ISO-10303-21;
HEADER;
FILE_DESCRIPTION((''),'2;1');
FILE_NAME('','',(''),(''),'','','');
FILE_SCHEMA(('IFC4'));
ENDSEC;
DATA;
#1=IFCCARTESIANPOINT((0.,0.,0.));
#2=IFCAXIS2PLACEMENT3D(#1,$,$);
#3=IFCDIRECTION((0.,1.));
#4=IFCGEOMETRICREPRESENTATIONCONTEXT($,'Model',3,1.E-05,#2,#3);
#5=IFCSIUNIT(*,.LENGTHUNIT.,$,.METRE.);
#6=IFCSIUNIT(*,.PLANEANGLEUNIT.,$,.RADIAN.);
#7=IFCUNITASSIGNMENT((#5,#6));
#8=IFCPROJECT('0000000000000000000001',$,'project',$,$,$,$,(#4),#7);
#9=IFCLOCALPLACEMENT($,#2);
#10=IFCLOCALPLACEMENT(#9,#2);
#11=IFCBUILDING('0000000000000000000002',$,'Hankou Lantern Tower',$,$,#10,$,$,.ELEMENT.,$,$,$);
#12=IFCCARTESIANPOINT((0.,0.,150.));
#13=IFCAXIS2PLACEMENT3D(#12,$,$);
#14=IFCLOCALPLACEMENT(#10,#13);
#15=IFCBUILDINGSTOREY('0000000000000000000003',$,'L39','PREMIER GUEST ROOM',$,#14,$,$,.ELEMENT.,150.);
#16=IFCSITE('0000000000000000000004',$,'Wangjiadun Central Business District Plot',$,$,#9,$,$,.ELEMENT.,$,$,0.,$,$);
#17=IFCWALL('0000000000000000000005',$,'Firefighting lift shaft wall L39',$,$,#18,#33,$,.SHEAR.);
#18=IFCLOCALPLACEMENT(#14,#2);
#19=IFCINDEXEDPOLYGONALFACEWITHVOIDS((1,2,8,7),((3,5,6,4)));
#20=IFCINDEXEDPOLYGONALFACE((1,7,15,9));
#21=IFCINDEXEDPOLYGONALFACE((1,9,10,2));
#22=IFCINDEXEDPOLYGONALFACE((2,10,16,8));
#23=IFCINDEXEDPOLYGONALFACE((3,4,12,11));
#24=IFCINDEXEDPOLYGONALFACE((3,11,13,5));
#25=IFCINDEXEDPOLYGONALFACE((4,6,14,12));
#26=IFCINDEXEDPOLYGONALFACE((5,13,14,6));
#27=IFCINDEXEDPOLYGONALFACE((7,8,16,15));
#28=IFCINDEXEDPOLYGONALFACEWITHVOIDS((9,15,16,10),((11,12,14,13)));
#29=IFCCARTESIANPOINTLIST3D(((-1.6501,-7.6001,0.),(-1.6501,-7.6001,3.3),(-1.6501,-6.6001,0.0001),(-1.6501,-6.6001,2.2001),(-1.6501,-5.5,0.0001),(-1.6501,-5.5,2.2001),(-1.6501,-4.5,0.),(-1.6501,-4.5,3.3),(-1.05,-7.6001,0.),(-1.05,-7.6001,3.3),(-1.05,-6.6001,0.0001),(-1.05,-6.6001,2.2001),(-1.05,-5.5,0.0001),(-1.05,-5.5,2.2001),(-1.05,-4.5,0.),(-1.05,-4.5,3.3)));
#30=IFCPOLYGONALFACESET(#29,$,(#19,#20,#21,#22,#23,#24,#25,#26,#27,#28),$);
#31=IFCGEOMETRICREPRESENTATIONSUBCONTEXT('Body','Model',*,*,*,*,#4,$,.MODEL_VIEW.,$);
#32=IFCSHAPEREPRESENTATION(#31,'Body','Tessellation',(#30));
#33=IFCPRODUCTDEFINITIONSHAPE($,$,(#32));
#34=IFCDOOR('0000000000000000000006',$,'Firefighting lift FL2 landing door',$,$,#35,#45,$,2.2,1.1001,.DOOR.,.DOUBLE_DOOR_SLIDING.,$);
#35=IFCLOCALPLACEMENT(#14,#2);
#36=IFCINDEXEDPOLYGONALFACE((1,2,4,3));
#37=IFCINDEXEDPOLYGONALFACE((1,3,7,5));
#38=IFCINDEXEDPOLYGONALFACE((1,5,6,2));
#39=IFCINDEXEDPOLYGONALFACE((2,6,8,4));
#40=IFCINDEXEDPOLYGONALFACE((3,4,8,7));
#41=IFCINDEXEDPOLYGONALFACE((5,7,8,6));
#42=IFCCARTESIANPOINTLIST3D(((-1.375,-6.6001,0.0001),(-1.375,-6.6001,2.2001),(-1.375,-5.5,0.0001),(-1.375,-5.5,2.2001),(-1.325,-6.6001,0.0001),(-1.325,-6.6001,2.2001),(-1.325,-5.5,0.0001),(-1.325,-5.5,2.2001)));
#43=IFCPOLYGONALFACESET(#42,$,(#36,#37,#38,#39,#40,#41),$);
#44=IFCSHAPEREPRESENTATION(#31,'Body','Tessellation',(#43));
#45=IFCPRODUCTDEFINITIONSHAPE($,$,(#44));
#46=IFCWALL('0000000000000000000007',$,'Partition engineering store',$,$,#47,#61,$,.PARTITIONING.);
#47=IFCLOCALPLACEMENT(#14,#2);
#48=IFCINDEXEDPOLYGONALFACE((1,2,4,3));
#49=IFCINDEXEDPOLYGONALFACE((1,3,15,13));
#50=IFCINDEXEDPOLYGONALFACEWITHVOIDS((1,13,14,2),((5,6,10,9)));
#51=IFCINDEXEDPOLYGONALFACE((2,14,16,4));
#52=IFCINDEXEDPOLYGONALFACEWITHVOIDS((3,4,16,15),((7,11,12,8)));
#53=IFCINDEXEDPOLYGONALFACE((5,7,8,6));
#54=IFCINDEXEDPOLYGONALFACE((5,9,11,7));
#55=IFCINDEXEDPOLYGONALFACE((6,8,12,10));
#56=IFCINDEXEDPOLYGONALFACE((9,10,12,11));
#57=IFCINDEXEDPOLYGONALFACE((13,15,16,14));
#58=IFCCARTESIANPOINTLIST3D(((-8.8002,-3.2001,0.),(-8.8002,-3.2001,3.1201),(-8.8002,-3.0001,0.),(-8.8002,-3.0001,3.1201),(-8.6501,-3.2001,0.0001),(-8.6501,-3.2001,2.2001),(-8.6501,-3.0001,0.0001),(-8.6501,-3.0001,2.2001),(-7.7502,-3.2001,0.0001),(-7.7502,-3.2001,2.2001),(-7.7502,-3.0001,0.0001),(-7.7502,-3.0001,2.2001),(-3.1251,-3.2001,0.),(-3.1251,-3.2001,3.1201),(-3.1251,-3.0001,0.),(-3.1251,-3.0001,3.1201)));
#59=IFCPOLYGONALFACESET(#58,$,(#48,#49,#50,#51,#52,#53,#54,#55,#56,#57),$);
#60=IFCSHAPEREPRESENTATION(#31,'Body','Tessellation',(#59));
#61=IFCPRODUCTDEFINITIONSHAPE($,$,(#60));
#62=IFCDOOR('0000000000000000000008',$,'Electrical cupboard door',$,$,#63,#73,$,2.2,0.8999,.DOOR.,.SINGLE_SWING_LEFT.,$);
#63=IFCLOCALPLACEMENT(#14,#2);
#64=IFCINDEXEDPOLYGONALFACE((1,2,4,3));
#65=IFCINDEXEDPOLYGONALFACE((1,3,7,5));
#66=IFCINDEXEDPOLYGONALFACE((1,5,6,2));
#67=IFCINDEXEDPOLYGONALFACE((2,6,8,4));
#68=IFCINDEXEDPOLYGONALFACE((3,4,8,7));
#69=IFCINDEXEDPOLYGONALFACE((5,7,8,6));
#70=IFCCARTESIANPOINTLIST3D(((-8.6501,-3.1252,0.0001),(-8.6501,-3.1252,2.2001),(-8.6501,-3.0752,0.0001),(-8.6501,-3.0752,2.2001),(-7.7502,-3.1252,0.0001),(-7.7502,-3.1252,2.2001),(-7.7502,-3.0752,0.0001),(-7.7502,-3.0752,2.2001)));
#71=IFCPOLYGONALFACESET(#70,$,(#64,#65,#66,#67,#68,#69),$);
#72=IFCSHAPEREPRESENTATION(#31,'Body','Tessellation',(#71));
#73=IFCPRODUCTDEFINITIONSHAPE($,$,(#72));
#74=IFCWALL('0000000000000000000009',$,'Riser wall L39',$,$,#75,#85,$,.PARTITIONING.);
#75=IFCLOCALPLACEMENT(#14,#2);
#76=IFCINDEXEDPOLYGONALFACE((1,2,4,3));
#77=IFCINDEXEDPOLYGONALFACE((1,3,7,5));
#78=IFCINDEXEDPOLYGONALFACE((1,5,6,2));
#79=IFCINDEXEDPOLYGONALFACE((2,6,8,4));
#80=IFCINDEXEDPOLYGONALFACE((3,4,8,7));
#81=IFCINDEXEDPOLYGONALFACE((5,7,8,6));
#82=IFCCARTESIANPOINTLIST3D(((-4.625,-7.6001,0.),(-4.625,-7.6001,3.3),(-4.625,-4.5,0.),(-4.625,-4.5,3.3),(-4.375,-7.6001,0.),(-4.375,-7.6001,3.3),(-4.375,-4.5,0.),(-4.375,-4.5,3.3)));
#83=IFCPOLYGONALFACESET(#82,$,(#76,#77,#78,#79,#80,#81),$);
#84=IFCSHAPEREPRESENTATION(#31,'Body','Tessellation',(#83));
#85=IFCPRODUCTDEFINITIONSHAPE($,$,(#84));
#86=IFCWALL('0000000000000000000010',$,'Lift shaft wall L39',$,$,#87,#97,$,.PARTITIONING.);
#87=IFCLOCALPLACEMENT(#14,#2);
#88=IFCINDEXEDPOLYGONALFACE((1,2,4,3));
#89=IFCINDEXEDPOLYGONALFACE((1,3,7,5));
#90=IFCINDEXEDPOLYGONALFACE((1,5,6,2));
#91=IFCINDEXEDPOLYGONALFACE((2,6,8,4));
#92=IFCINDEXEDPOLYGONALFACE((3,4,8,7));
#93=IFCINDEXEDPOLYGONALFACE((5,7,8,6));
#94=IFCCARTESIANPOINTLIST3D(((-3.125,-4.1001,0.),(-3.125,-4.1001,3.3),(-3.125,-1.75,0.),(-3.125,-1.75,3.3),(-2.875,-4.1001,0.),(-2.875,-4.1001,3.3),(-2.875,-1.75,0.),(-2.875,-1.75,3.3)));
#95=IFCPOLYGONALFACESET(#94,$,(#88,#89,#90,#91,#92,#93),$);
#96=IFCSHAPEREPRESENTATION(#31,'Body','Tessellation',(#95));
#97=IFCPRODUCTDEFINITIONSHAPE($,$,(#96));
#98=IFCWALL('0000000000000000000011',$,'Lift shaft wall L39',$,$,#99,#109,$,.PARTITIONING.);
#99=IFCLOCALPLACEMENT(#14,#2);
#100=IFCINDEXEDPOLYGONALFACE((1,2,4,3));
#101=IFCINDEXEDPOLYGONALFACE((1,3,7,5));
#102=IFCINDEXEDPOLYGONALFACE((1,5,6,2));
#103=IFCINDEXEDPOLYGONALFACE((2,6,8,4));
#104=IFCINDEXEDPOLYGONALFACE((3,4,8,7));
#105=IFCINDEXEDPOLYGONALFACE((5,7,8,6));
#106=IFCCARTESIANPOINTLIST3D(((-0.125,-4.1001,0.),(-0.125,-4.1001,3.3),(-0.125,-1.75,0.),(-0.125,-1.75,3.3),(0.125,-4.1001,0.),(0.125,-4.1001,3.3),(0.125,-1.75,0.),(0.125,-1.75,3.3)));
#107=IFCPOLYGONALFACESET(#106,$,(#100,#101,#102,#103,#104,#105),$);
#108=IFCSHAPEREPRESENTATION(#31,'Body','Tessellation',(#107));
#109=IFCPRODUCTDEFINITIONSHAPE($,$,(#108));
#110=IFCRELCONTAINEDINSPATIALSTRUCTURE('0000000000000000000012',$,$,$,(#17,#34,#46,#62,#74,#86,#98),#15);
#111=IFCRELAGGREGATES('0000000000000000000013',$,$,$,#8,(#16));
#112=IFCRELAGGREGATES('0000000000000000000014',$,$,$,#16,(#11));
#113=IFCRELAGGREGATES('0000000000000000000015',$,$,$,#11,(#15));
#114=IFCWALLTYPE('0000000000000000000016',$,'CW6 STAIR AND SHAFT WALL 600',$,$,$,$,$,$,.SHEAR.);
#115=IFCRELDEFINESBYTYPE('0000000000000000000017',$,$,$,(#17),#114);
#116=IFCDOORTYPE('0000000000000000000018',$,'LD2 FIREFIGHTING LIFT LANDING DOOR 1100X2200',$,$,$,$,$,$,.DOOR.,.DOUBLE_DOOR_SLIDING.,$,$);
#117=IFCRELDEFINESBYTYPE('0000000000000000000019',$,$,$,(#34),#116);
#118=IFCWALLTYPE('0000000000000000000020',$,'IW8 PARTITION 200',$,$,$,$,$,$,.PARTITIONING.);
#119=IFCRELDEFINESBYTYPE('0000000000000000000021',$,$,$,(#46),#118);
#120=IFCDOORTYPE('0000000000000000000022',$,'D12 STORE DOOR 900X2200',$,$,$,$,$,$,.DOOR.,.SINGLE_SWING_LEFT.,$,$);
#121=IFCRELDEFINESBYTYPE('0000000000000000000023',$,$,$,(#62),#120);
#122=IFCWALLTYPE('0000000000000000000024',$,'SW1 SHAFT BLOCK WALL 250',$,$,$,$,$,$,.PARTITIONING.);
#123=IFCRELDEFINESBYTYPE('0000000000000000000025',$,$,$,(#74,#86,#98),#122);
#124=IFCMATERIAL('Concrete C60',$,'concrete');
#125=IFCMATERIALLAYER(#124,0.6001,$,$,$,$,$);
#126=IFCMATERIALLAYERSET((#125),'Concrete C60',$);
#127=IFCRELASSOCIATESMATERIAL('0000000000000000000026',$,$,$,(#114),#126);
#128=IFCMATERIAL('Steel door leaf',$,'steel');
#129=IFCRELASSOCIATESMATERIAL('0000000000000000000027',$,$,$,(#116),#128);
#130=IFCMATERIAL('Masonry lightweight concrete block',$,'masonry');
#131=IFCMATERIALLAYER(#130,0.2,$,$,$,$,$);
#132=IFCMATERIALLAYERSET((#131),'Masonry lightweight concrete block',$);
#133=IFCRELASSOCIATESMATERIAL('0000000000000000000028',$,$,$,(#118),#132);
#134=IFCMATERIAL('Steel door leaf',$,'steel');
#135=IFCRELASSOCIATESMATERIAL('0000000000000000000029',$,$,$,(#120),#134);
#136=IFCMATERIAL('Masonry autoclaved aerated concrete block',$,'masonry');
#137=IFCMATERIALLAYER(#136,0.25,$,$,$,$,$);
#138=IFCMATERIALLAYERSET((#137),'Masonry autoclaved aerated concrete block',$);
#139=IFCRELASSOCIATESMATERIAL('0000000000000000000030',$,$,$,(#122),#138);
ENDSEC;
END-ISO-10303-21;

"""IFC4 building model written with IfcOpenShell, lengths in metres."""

from ifc_helpers import new_model, si_unit, direction, frame, frame_2d, origin, place, context, subcontext, project, spatial, rectangle, extrude, material, layer, layer_set, type_object, element, fill, save


model = new_model("IFC4")

# Units and contexts
model_context = context("Model", 3, precision=1e-05, world=origin(), true_north=direction((0.0, 1.0)))
body_context = subcontext(model_context, "Body", "Model", "MODEL_VIEW")
ifc_project = project(units=[si_unit("LENGTHUNIT", "METRE"), si_unit("PLANEANGLEUNIT", "RADIAN")], contexts=[model_context])

# Site, building, storey
site_placement = place(None, origin())
site = spatial("IfcSite", under=ifc_project, at=site_placement, Name="Wangjiadun Central Business District Plot", CompositionType="ELEMENT", RefElevation=0.0)
building_placement = place(site_placement, origin())
building = spatial("IfcBuilding", under=site, at=building_placement, Name="Hankou Lantern Tower", CompositionType="ELEMENT")
storey_placement = place(building_placement, frame((0.0, 0.0, 150.0)))
storey = spatial("IfcBuildingStorey", under=building, at=storey_placement, Name="L39", Description="PREMIER GUEST ROOM", CompositionType="ELEMENT", Elevation=150.0)

# Walls, openings, doors
ifc_material_1 = material(Name="Concrete C60", Category="concrete")
ifc_layer_1 = layer(ifc_material_1, 0.6001)
ifc_layer_set_1 = layer_set([ifc_layer_1], Name="Concrete C60")
wall_type_1 = type_object("IfcWallType", Name="CW6 STAIR AND SHAFT WALL 600", PredefinedType="SHEAR", material=ifc_layer_set_1)
wall_1_placement = place(storey_placement, frame((-1.3501, -7.6001, 0.0), z_axis=(0.0, 0.0, 1.0), x_axis=(0.0, 1.0, 0.0)))
wall_1 = element("IfcWall", 1, at=wall_1_placement, inside=storey, type_object=wall_type_1, Name="Firefighting lift shaft wall L39", PredefinedType="SHEAR", context=body_context, shape_type="SweptSolid", body=[
    extrude(rectangle(XDim=3.1001, YDim=0.6001, at=frame_2d((1.55, 0.0))), origin(), (0.0, 0.0, 1.0), 3.3),
])
opening_1_placement = place(wall_1_placement, frame((1.0, 0.0, 0.0)))
opening_1 = element("IfcOpeningElement", 2, at=opening_1_placement, cuts=wall_1, PredefinedType="OPENING", context=body_context, shape_type="SweptSolid", body=[
    extrude(rectangle(XDim=1.1001, YDim=2.2, at=frame_2d((0.55, 1.1001))), frame((0.0, 0.3101, 0.0), z_axis=(0.0, -1.0, 0.0), x_axis=(1.0, 0.0, 0.0)), (0.0, 0.0, 1.0), 0.6201),
])
ifc_material_2 = material(Name="Steel door leaf", Category="steel")
door_type_1 = type_object("IfcDoorType", Name="LD2 FIREFIGHTING LIFT LANDING DOOR 1100X2200", OperationType="DOUBLE_DOOR_SLIDING", PredefinedType="DOOR", material=ifc_material_2)
door_1_placement = place(opening_1_placement, origin())
door_1 = element("IfcDoor", 3, at=door_1_placement, inside=storey, type_object=door_type_1, Name="Firefighting lift FL2 landing door", OperationType="DOUBLE_DOOR_SLIDING", OverallHeight=2.2, OverallWidth=1.1001, PredefinedType="DOOR", context=body_context, shape_type="SweptSolid", body=[
    extrude(rectangle(XDim=1.1001, YDim=2.2, at=frame_2d((0.55, 1.1001))), frame((0.0, 0.0249, 0.0), z_axis=(0.0, -1.0, 0.0), x_axis=(1.0, 0.0, 0.0)), (0.0, 0.0, 1.0), 0.05),
])
fill(opening_1, door_1)
ifc_material_3 = material(Name="Masonry lightweight concrete block", Category="masonry")
ifc_layer_2 = layer(ifc_material_3, 0.2)
ifc_layer_set_2 = layer_set([ifc_layer_2], Name="Masonry lightweight concrete block")
wall_type_2 = type_object("IfcWallType", Name="IW8 PARTITION 200", PredefinedType="PARTITIONING", material=ifc_layer_set_2)
wall_2_placement = place(storey_placement, frame((-8.8, -3.1001, 0.0), z_axis=(0.0, 0.0, 1.0), x_axis=(1.0, 0.0, 0.0)))
wall_2 = element("IfcWall", 4, at=wall_2_placement, inside=storey, type_object=wall_type_2, Name="Partition engineering store", PredefinedType="PARTITIONING", context=body_context, shape_type="SweptSolid", body=[
    extrude(rectangle(XDim=5.675, YDim=0.2, at=frame_2d((2.8374, 0.0))), origin(), (0.0, 0.0, 1.0), 3.1201),
])
opening_2_placement = place(wall_2_placement, frame((0.1499, 0.0, 0.0)))
opening_2 = element("IfcOpeningElement", 5, at=opening_2_placement, cuts=wall_2, PredefinedType="OPENING", context=body_context, shape_type="SweptSolid", body=[
    extrude(rectangle(XDim=0.8999, YDim=2.2, at=frame_2d((0.45, 1.1001))), frame((0.0, 0.1099, 0.0), z_axis=(0.0, -1.0, 0.0), x_axis=(1.0, 0.0, 0.0)), (0.0, 0.0, 1.0), 0.22),
])
ifc_material_4 = material(Name="Steel door leaf", Category="steel")
door_type_2 = type_object("IfcDoorType", Name="D12 STORE DOOR 900X2200", OperationType="SINGLE_SWING_LEFT", PredefinedType="DOOR", material=ifc_material_4)
door_2_placement = place(opening_2_placement, origin())
door_2 = element("IfcDoor", 6, at=door_2_placement, inside=storey, type_object=door_type_2, Name="Electrical cupboard door", OperationType="SINGLE_SWING_LEFT", OverallHeight=2.2, OverallWidth=0.8999, PredefinedType="DOOR", context=body_context, shape_type="SweptSolid", body=[
    extrude(rectangle(XDim=0.8999, YDim=2.2, at=frame_2d((0.45, 1.1001))), frame((0.0, 0.0249, 0.0), z_axis=(0.0, -1.0, 0.0), x_axis=(1.0, 0.0, 0.0)), (0.0, 0.0, 1.0), 0.05),
])
fill(opening_2, door_2)

# Walls
ifc_material_5 = material(Name="Masonry autoclaved aerated concrete block", Category="masonry")
ifc_layer_3 = layer(ifc_material_5, 0.25)
ifc_layer_set_3 = layer_set([ifc_layer_3], Name="Masonry autoclaved aerated concrete block")
wall_type_3 = type_object("IfcWallType", Name="SW1 SHAFT BLOCK WALL 250", PredefinedType="PARTITIONING", material=ifc_layer_set_3)
wall_3_placement = place(storey_placement, frame((-4.5, -7.6001, 0.0), z_axis=(0.0, 0.0, 1.0), x_axis=(0.0, 1.0, 0.0)))
element("IfcWall", 7, at=wall_3_placement, inside=storey, type_object=wall_type_3, Name="Riser wall L39", PredefinedType="PARTITIONING", context=body_context, shape_type="SweptSolid", body=[
    extrude(rectangle(XDim=3.1001, YDim=0.25, at=frame_2d((1.55, 0.0))), origin(), (0.0, 0.0, 1.0), 3.3),
])
for number, where, z_axis, x_axis, name in (
    (8, (-3.0, -4.1001, 0.0), (0.0, 0.0, 1.0), (0.0, 1.0, 0.0), "Lift shaft wall L39"),
    (9, (0.0, -4.1001, 0.0), (0.0, 0.0, 1.0), (0.0, 1.0, 0.0), "Lift shaft wall L39"),
):
    element("IfcWall", number, at=place(storey_placement, frame(where, z_axis=z_axis, x_axis=x_axis)), inside=storey, type_object=wall_type_3, Name=name, PredefinedType="PARTITIONING", context=body_context, shape_type="SweptSolid", body=[
        extrude(rectangle(XDim=2.3501, YDim=0.25, at=frame_2d((1.175, 0.0))), origin(), (0.0, 0.0, 1.0), 3.3),
    ])

save(model, "model.ifc")
